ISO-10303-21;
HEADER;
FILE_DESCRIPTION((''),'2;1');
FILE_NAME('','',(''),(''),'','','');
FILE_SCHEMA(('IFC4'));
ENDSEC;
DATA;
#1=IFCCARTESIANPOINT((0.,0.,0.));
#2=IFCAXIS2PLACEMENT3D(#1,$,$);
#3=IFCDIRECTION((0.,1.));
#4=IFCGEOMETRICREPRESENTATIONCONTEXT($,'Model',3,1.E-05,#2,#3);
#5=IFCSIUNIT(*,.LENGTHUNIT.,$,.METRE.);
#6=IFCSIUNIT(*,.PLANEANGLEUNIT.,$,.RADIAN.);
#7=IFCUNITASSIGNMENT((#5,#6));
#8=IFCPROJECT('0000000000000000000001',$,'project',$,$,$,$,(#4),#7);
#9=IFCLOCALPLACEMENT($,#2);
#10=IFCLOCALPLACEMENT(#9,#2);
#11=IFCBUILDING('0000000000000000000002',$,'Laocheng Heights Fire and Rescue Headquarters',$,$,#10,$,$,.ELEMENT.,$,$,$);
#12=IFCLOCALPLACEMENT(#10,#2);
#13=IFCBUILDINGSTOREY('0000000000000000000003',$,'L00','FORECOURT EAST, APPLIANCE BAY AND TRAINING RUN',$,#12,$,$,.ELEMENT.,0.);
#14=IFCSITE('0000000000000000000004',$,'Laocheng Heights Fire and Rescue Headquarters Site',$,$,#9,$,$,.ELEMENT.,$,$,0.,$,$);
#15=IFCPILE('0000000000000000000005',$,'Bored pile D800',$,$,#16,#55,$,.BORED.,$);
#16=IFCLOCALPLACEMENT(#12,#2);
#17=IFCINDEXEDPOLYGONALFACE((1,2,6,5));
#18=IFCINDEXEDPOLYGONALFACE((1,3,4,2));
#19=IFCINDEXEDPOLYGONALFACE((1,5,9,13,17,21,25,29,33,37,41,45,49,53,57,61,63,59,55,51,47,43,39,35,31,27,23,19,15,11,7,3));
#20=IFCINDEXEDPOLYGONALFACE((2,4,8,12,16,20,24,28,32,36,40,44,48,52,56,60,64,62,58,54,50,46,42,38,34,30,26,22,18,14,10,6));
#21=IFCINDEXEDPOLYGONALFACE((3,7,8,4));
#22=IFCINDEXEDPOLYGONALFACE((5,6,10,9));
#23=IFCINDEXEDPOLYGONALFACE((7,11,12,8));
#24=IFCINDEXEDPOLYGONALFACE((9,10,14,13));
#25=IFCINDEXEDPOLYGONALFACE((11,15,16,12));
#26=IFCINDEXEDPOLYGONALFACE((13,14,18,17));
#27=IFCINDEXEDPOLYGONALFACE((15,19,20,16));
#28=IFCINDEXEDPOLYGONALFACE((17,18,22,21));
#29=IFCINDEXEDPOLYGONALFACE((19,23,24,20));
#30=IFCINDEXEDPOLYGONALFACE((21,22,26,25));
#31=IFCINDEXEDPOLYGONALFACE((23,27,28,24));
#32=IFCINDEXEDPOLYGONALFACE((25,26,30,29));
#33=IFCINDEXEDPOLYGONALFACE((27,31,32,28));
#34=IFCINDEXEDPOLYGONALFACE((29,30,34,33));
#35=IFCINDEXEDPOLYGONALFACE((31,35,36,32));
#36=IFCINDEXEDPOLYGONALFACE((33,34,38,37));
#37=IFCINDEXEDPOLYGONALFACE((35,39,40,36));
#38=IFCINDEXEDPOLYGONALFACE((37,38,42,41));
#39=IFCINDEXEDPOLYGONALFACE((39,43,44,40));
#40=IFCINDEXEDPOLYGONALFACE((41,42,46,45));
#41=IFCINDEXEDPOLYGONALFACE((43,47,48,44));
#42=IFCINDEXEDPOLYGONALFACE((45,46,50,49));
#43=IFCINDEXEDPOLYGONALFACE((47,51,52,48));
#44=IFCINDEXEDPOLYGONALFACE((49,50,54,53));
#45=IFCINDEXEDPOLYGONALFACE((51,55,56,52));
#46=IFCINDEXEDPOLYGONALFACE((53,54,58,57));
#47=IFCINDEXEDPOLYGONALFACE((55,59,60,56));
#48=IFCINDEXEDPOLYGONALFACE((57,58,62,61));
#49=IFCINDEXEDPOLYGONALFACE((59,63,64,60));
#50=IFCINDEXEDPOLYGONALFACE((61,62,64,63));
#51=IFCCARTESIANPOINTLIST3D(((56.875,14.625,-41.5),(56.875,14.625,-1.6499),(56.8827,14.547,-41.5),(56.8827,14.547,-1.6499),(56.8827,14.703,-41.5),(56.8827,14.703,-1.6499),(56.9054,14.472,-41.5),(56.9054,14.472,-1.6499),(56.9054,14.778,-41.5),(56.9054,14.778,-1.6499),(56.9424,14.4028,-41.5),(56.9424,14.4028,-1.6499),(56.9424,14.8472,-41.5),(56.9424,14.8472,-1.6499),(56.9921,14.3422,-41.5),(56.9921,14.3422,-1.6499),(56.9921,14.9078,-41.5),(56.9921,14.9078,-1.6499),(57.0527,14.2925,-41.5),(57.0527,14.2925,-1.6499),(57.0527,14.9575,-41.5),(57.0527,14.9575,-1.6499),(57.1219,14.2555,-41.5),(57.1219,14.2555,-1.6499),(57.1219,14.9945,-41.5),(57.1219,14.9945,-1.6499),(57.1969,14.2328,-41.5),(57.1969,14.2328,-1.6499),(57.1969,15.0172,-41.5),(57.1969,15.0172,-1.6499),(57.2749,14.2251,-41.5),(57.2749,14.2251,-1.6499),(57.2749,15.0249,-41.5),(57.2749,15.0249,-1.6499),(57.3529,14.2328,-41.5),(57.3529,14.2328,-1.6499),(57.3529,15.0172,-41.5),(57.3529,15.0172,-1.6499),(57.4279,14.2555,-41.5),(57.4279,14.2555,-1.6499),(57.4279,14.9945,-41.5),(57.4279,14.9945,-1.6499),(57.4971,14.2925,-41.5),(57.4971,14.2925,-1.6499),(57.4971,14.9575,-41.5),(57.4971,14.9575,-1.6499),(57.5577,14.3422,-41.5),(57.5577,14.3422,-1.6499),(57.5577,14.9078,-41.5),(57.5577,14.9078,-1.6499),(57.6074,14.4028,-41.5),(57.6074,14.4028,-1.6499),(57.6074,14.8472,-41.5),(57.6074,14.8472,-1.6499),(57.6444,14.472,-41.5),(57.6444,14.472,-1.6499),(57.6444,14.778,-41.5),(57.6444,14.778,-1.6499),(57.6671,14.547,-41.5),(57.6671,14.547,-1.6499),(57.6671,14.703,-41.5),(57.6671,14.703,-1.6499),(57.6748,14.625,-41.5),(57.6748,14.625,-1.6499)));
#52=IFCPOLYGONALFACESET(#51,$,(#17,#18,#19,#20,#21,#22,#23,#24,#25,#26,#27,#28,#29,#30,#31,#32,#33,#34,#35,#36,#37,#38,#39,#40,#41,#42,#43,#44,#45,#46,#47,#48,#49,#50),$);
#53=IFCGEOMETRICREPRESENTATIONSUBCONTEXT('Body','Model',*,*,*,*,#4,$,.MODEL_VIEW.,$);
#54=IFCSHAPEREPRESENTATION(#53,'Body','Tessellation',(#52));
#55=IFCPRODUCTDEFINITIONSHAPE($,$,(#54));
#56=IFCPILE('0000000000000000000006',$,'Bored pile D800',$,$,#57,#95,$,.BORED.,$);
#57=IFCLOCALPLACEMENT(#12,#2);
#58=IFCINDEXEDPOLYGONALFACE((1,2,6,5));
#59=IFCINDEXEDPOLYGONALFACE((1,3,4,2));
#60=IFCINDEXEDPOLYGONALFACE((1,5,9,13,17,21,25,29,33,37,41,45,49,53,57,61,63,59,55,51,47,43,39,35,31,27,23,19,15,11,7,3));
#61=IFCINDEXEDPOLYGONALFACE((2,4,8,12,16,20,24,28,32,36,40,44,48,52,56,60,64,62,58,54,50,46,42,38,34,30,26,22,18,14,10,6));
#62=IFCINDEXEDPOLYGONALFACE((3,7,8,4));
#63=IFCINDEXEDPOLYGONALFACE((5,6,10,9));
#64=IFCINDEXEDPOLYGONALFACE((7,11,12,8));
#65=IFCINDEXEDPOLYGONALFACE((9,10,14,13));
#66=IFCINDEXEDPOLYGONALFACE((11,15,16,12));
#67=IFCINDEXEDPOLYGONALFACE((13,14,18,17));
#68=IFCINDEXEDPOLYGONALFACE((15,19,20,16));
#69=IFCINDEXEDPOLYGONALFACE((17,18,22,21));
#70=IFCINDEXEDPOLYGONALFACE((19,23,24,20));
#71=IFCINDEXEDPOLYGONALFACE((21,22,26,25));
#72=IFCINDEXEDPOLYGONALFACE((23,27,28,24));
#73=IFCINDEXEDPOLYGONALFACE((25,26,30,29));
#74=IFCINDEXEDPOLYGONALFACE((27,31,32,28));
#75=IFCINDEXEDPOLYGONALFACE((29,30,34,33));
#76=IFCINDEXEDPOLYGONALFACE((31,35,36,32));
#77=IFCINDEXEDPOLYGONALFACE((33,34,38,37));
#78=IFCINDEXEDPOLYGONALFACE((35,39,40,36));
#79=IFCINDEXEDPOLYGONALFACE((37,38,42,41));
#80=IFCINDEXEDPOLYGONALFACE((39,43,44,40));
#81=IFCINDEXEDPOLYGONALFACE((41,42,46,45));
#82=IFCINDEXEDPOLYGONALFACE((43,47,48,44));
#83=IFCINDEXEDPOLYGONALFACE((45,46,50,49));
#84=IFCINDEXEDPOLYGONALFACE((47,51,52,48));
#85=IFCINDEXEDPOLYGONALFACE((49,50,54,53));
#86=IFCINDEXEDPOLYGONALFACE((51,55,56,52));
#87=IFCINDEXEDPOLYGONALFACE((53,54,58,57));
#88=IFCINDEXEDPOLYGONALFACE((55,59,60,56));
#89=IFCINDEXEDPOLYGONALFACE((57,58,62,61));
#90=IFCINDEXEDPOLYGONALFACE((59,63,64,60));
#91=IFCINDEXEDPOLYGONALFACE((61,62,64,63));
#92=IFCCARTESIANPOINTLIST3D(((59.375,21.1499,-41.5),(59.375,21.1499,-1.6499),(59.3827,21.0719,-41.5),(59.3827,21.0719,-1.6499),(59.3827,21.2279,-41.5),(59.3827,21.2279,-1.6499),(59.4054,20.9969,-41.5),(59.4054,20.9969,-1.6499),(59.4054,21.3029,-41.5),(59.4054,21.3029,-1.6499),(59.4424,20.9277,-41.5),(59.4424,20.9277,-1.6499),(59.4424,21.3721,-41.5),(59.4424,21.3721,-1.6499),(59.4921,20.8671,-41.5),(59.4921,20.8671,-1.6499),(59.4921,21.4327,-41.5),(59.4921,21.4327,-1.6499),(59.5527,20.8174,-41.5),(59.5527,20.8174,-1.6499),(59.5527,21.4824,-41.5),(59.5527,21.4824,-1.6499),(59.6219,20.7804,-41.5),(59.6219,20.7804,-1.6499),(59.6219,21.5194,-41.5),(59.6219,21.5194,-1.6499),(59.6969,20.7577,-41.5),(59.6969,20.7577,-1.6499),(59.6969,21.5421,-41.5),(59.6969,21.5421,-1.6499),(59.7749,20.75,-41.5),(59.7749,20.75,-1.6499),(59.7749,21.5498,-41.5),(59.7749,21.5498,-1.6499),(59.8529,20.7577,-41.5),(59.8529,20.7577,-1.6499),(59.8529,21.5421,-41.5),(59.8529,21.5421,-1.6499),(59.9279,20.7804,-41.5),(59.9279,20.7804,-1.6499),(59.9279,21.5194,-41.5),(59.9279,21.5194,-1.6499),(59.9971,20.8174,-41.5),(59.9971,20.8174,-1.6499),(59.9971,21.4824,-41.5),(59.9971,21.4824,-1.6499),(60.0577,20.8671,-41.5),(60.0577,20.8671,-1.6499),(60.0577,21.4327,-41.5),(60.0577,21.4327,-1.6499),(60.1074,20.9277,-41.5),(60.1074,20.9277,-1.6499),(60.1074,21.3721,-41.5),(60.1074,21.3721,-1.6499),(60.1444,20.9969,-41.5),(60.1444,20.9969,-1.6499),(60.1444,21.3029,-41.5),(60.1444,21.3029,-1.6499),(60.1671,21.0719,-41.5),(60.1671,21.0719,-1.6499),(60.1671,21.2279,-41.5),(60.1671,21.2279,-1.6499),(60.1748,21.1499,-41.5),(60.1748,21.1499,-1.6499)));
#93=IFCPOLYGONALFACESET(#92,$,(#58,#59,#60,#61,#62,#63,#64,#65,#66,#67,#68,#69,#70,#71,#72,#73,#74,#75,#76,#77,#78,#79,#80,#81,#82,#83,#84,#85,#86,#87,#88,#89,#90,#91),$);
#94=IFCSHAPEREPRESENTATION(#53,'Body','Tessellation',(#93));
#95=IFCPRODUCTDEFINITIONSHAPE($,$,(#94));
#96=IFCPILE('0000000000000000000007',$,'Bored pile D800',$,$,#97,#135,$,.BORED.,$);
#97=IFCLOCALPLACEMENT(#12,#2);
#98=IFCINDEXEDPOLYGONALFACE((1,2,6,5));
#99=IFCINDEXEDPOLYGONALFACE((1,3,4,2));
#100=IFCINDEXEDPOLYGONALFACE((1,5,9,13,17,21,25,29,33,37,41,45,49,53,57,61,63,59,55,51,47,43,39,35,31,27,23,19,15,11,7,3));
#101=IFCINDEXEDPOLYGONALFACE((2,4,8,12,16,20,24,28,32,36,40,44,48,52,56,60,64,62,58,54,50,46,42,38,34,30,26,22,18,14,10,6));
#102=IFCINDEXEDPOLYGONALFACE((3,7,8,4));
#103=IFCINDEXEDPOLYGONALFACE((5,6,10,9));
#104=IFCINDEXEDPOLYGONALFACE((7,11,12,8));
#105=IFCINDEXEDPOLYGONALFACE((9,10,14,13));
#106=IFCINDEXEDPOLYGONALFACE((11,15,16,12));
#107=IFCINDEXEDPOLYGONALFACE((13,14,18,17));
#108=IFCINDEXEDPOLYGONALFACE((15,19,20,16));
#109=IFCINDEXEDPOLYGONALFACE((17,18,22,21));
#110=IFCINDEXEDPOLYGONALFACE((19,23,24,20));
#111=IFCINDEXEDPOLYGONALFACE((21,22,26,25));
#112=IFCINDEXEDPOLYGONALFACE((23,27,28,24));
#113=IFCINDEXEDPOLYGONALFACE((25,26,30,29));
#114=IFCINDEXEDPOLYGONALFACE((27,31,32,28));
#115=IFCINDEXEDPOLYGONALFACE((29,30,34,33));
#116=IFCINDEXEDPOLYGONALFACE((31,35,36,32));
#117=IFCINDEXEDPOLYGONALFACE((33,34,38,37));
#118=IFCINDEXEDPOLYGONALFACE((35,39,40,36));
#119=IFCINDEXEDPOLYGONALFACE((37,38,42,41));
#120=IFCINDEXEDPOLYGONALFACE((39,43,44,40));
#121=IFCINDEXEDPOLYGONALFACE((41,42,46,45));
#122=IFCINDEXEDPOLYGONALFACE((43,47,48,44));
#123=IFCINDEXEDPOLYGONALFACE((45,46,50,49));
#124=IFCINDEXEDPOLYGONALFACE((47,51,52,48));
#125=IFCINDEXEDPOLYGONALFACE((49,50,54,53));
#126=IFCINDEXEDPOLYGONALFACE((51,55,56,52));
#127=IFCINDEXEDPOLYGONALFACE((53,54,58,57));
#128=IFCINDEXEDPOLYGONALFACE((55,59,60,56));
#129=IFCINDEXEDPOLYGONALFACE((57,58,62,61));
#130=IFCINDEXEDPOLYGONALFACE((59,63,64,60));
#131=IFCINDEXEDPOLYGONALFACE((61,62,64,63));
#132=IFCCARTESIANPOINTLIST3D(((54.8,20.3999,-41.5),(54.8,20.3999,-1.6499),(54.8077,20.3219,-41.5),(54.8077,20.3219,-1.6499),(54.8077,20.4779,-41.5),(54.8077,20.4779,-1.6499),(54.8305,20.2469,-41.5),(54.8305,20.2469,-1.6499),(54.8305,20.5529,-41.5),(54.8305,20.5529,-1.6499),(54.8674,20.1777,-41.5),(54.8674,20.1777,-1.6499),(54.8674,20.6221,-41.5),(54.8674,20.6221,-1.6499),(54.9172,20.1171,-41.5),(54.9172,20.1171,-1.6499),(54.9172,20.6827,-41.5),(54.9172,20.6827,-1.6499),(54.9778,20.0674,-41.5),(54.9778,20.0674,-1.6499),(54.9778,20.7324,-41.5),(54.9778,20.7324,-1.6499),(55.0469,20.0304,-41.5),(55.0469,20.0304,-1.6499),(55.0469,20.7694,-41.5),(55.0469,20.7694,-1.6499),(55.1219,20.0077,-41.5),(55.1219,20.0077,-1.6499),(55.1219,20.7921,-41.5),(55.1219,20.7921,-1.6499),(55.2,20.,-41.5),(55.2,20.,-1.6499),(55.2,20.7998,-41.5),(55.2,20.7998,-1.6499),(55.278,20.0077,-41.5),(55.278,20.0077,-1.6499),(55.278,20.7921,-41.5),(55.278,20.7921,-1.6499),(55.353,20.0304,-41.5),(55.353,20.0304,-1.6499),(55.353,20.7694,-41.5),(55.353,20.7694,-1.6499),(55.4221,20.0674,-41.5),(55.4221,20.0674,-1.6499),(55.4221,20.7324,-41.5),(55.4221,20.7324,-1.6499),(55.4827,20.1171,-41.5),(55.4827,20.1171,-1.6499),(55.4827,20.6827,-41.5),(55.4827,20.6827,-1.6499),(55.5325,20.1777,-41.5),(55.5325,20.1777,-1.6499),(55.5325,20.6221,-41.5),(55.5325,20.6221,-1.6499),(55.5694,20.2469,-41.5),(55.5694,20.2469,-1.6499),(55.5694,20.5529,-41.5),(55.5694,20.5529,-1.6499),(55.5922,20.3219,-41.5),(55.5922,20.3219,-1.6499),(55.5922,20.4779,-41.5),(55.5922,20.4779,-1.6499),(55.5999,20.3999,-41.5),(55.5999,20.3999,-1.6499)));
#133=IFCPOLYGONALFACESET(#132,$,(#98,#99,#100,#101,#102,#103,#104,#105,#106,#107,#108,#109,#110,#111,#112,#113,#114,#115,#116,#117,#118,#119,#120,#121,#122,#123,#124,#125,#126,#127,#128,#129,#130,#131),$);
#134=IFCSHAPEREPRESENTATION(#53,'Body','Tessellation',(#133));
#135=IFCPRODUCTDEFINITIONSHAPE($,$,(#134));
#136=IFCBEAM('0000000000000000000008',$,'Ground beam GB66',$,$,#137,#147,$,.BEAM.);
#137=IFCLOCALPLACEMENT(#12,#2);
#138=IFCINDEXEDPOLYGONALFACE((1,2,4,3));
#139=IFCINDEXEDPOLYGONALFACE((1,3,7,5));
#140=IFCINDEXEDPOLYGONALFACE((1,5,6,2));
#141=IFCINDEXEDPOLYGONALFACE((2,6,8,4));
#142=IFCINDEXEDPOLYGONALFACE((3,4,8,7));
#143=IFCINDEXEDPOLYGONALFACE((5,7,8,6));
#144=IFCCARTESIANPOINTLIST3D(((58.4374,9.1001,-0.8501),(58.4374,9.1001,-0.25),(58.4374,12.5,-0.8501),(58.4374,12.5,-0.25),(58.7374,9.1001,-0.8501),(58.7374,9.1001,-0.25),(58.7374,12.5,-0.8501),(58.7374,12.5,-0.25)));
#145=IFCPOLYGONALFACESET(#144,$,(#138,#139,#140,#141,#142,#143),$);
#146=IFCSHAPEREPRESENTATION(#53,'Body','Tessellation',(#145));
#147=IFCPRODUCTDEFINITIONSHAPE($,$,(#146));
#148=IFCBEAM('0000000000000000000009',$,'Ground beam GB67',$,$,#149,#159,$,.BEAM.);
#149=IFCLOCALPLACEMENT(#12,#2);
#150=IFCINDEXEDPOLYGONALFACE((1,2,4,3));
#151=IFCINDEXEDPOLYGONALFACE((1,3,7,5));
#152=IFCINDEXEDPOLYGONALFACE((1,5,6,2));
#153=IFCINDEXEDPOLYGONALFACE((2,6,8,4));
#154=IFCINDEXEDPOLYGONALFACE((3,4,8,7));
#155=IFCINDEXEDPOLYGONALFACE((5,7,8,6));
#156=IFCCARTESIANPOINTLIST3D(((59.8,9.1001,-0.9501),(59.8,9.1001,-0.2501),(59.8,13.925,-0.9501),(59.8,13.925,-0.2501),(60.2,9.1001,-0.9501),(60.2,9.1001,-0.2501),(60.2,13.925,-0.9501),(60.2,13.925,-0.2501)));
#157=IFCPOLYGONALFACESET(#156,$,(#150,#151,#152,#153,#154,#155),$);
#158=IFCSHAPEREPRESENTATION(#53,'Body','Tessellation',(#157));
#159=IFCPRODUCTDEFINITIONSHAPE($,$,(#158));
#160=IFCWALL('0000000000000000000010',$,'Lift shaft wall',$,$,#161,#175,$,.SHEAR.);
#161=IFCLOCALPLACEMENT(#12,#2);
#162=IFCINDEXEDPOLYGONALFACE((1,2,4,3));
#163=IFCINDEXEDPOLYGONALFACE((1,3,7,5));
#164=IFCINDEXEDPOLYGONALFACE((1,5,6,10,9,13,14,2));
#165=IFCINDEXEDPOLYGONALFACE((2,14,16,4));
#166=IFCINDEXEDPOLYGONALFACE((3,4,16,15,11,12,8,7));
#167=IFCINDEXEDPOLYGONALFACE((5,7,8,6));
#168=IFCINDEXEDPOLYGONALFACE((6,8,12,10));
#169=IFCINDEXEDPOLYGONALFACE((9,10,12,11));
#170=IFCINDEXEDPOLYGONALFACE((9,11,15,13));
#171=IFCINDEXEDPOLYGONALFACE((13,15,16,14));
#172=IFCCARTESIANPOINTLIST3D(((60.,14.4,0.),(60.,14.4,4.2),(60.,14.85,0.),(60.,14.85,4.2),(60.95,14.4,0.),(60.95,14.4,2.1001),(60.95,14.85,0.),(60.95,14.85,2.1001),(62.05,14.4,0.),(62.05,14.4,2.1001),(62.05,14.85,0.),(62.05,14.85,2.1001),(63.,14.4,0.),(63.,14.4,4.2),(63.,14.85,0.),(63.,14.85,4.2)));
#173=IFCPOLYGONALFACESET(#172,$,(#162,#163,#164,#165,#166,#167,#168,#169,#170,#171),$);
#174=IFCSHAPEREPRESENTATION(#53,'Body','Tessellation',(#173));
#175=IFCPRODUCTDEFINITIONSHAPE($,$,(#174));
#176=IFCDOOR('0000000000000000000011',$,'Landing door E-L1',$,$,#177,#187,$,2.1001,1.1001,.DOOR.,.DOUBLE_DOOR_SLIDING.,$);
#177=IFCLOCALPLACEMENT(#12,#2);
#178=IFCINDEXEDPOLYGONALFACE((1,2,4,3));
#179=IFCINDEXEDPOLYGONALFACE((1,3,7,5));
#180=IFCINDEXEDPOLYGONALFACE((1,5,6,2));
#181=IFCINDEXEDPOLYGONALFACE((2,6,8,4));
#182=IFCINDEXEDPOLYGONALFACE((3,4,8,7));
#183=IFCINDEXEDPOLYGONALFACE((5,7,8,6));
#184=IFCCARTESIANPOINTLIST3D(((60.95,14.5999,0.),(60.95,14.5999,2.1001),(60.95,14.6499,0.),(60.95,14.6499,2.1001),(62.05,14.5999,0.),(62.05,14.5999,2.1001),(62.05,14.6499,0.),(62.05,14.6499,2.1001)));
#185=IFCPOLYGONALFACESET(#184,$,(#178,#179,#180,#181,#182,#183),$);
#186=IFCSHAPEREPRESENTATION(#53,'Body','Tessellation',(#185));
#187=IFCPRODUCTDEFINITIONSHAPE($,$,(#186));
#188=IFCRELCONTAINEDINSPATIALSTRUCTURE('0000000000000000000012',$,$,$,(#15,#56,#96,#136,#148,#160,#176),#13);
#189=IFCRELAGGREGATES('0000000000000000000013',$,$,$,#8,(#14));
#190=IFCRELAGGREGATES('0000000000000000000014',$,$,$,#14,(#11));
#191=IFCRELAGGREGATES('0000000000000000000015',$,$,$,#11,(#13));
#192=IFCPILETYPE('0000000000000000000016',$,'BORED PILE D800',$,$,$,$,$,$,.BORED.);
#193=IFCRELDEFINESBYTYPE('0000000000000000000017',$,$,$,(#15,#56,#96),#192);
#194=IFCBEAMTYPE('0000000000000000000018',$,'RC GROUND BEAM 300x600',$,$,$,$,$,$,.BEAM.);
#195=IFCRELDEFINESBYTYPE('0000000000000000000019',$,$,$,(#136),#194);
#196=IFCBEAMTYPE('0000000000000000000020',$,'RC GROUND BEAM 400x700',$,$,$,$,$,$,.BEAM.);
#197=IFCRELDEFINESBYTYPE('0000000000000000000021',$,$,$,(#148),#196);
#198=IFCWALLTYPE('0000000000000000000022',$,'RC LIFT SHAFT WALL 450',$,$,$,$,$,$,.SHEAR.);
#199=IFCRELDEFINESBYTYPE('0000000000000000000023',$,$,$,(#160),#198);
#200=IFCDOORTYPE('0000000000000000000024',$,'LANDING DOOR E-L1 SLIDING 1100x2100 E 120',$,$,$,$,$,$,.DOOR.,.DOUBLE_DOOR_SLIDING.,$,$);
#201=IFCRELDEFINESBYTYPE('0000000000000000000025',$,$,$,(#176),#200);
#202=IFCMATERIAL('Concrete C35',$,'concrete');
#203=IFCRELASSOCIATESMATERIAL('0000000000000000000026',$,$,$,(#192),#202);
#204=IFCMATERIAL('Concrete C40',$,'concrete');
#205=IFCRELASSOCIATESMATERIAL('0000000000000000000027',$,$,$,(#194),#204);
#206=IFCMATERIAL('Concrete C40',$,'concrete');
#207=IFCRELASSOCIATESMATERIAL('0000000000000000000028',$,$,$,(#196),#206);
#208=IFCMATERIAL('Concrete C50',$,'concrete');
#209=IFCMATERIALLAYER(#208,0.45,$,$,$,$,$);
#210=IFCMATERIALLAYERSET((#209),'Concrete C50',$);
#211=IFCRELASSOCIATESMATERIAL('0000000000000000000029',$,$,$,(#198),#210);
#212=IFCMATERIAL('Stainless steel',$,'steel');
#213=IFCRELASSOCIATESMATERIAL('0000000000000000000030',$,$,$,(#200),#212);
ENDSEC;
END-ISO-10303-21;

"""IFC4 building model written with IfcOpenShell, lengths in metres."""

from ifc_helpers import new_model, si_unit, direction, frame, frame_2d, origin, origin_2d, place, context, subcontext, project, spatial, rectangle, circle, extrude, material, layer, layer_set, material_profile, profile_set, type_object, element, fill, save


model = new_model("IFC4")

# Units and contexts
model_context = context("Model", 3, precision=1e-05, world=origin(), true_north=direction((0.0, 1.0)))
body_context = subcontext(model_context, "Body", "Model", "MODEL_VIEW")
ifc_project = project(units=[si_unit("LENGTHUNIT", "METRE"), si_unit("PLANEANGLEUNIT", "RADIAN")], contexts=[model_context])

# Site, building, storey
site_placement = place(None, origin())
site = spatial("IfcSite", under=ifc_project, at=site_placement, Name="Laocheng Heights Fire and Rescue Headquarters Site", CompositionType="ELEMENT", RefElevation=0.0)
building_placement = place(site_placement, origin())
building = spatial("IfcBuilding", under=site, at=building_placement, Name="Laocheng Heights Fire and Rescue Headquarters", CompositionType="ELEMENT")
storey_placement = place(building_placement, origin())
storey = spatial("IfcBuildingStorey", under=building, at=storey_placement, Name="L00", Description="FORECOURT EAST, APPLIANCE BAY AND TRAINING RUN", CompositionType="ELEMENT", Elevation=0.0)

# Piles
ifc_material_1 = material(Name="Concrete C35", Category="concrete")
ifc_material_profile_1 = material_profile(ifc_material_1, circle(Radius=0.3999, at=origin_2d()), Name="BORED PILE D800")
ifc_profile_set_1 = profile_set([ifc_material_profile_1], Name="Concrete C35")
pile_type = type_object("IfcPileType", Name="BORED PILE D800", PredefinedType="BORED", material=ifc_profile_set_1)
for number, where, z_axis, x_axis, name in (
    (1, (57.2749, 14.625, -1.6499), (0.0, 0.0, -1.0), (1.0, 0.0, 0.0), "Bored pile D800"),
    (2, (59.7749, 21.1499, -1.6499), (0.0, 0.0, -1.0), (1.0, 0.0, 0.0), "Bored pile D800"),
    (3, (55.2, 20.3999, -1.6499), (0.0, 0.0, -1.0), (1.0, 0.0, 0.0), "Bored pile D800"),
):
    element("IfcPile", number, at=place(storey_placement, frame(where, z_axis=z_axis, x_axis=x_axis)), inside=storey, type_object=pile_type, Name=name, PredefinedType="BORED", context=body_context, shape_type="SweptSolid", body=[
        extrude(circle(Radius=0.3999, at=origin_2d()), origin(), (0.0, 0.0, 1.0), 39.8501),
    ])

# Beams
ifc_material_2 = material(Name="Concrete C40", Category="concrete")
ifc_material_profile_2 = material_profile(ifc_material_2, rectangle(XDim=0.3, YDim=0.6001, at=origin_2d()), Name="RC GROUND BEAM 300x600")
ifc_profile_set_2 = profile_set([ifc_material_profile_2], Name="Concrete C40")
beam_type_1 = type_object("IfcBeamType", Name="RC GROUND BEAM 300x600", PredefinedType="BEAM", material=ifc_profile_set_2)
beam_1_placement = place(storey_placement, frame((58.5874, 9.1001, -0.55), z_axis=(0.0, 1.0, 0.0), x_axis=(-1.0, 0.0, 0.0)))
element("IfcBeam", 4, at=beam_1_placement, inside=storey, type_object=beam_type_1, Name="Ground beam GB66", PredefinedType="BEAM", context=body_context, shape_type="SweptSolid", body=[
    extrude(rectangle(XDim=0.3, YDim=0.6001, at=origin_2d()), origin(), (0.0, 0.0, 1.0), 3.3999),
])
ifc_material_3 = material(Name="Concrete C40", Category="concrete")
ifc_material_profile_3 = material_profile(ifc_material_3, rectangle(XDim=0.3999, YDim=0.7, at=origin_2d()), Name="RC GROUND BEAM 400x700")
ifc_profile_set_3 = profile_set([ifc_material_profile_3], Name="Concrete C40")
beam_type_2 = type_object("IfcBeamType", Name="RC GROUND BEAM 400x700", PredefinedType="BEAM", material=ifc_profile_set_3)
beam_2_placement = place(storey_placement, frame((60.0, 9.1001, -0.6001), z_axis=(0.0, 1.0, 0.0), x_axis=(-1.0, 0.0, 0.0)))
element("IfcBeam", 5, at=beam_2_placement, inside=storey, type_object=beam_type_2, Name="Ground beam GB67", PredefinedType="BEAM", context=body_context, shape_type="SweptSolid", body=[
    extrude(rectangle(XDim=0.3999, YDim=0.7, at=origin_2d()), origin(), (0.0, 0.0, 1.0), 4.825),
])

# Wall, opening, door
ifc_material_4 = material(Name="Concrete C50", Category="concrete")
ifc_layer_1 = layer(ifc_material_4, 0.45)
ifc_layer_set_1 = layer_set([ifc_layer_1], Name="Concrete C50")
wall_type_1 = type_object("IfcWallType", Name="RC LIFT SHAFT WALL 450", PredefinedType="SHEAR", material=ifc_layer_set_1)
wall_1_placement = place(storey_placement, frame((60.0, 14.625, 0.0), z_axis=(0.0, 0.0, 1.0), x_axis=(1.0, 0.0, 0.0)))
wall_1 = element("IfcWall", 6, at=wall_1_placement, inside=storey, type_object=wall_type_1, Name="Lift shaft wall", PredefinedType="SHEAR", context=body_context, shape_type="SweptSolid", body=[
    extrude(rectangle(XDim=3.0, YDim=0.45, at=frame_2d((1.5, 0.0))), origin(), (0.0, 0.0, 1.0), 4.2),
])
opening_placement = place(wall_1_placement, frame((0.95, 0.0, 0.0)))
opening = element("IfcOpeningElement", 7, at=opening_placement, cuts=wall_1, PredefinedType="OPENING", context=body_context, shape_type="SweptSolid", body=[
    extrude(rectangle(XDim=1.1001, YDim=2.1001, at=frame_2d((0.55, 1.05))), frame((0.0, 0.2349, 0.0), z_axis=(0.0, -1.0, 0.0), x_axis=(1.0, 0.0, 0.0)), (0.0, 0.0, 1.0), 0.47),
])
ifc_material_5 = material(Name="Stainless steel", Category="steel")
door_type = type_object("IfcDoorType", Name="LANDING DOOR E-L1 SLIDING 1100x2100 E 120", OperationType="DOUBLE_DOOR_SLIDING", PredefinedType="DOOR", material=ifc_material_5)
door_placement = place(opening_placement, origin())
door = element("IfcDoor", 8, at=door_placement, inside=storey, type_object=door_type, Name="Landing door E-L1", OperationType="DOUBLE_DOOR_SLIDING", OverallHeight=2.1001, OverallWidth=1.1001, PredefinedType="DOOR", context=body_context, shape_type="SweptSolid", body=[
    extrude(rectangle(XDim=1.1001, YDim=2.1001, at=frame_2d((0.55, 1.05))), frame((0.0, 0.0249, 0.0), z_axis=(0.0, -1.0, 0.0), x_axis=(1.0, 0.0, 0.0)), (0.0, 0.0, 1.0), 0.05),
])
fill(opening, door)

save(model, "model.ifc")
